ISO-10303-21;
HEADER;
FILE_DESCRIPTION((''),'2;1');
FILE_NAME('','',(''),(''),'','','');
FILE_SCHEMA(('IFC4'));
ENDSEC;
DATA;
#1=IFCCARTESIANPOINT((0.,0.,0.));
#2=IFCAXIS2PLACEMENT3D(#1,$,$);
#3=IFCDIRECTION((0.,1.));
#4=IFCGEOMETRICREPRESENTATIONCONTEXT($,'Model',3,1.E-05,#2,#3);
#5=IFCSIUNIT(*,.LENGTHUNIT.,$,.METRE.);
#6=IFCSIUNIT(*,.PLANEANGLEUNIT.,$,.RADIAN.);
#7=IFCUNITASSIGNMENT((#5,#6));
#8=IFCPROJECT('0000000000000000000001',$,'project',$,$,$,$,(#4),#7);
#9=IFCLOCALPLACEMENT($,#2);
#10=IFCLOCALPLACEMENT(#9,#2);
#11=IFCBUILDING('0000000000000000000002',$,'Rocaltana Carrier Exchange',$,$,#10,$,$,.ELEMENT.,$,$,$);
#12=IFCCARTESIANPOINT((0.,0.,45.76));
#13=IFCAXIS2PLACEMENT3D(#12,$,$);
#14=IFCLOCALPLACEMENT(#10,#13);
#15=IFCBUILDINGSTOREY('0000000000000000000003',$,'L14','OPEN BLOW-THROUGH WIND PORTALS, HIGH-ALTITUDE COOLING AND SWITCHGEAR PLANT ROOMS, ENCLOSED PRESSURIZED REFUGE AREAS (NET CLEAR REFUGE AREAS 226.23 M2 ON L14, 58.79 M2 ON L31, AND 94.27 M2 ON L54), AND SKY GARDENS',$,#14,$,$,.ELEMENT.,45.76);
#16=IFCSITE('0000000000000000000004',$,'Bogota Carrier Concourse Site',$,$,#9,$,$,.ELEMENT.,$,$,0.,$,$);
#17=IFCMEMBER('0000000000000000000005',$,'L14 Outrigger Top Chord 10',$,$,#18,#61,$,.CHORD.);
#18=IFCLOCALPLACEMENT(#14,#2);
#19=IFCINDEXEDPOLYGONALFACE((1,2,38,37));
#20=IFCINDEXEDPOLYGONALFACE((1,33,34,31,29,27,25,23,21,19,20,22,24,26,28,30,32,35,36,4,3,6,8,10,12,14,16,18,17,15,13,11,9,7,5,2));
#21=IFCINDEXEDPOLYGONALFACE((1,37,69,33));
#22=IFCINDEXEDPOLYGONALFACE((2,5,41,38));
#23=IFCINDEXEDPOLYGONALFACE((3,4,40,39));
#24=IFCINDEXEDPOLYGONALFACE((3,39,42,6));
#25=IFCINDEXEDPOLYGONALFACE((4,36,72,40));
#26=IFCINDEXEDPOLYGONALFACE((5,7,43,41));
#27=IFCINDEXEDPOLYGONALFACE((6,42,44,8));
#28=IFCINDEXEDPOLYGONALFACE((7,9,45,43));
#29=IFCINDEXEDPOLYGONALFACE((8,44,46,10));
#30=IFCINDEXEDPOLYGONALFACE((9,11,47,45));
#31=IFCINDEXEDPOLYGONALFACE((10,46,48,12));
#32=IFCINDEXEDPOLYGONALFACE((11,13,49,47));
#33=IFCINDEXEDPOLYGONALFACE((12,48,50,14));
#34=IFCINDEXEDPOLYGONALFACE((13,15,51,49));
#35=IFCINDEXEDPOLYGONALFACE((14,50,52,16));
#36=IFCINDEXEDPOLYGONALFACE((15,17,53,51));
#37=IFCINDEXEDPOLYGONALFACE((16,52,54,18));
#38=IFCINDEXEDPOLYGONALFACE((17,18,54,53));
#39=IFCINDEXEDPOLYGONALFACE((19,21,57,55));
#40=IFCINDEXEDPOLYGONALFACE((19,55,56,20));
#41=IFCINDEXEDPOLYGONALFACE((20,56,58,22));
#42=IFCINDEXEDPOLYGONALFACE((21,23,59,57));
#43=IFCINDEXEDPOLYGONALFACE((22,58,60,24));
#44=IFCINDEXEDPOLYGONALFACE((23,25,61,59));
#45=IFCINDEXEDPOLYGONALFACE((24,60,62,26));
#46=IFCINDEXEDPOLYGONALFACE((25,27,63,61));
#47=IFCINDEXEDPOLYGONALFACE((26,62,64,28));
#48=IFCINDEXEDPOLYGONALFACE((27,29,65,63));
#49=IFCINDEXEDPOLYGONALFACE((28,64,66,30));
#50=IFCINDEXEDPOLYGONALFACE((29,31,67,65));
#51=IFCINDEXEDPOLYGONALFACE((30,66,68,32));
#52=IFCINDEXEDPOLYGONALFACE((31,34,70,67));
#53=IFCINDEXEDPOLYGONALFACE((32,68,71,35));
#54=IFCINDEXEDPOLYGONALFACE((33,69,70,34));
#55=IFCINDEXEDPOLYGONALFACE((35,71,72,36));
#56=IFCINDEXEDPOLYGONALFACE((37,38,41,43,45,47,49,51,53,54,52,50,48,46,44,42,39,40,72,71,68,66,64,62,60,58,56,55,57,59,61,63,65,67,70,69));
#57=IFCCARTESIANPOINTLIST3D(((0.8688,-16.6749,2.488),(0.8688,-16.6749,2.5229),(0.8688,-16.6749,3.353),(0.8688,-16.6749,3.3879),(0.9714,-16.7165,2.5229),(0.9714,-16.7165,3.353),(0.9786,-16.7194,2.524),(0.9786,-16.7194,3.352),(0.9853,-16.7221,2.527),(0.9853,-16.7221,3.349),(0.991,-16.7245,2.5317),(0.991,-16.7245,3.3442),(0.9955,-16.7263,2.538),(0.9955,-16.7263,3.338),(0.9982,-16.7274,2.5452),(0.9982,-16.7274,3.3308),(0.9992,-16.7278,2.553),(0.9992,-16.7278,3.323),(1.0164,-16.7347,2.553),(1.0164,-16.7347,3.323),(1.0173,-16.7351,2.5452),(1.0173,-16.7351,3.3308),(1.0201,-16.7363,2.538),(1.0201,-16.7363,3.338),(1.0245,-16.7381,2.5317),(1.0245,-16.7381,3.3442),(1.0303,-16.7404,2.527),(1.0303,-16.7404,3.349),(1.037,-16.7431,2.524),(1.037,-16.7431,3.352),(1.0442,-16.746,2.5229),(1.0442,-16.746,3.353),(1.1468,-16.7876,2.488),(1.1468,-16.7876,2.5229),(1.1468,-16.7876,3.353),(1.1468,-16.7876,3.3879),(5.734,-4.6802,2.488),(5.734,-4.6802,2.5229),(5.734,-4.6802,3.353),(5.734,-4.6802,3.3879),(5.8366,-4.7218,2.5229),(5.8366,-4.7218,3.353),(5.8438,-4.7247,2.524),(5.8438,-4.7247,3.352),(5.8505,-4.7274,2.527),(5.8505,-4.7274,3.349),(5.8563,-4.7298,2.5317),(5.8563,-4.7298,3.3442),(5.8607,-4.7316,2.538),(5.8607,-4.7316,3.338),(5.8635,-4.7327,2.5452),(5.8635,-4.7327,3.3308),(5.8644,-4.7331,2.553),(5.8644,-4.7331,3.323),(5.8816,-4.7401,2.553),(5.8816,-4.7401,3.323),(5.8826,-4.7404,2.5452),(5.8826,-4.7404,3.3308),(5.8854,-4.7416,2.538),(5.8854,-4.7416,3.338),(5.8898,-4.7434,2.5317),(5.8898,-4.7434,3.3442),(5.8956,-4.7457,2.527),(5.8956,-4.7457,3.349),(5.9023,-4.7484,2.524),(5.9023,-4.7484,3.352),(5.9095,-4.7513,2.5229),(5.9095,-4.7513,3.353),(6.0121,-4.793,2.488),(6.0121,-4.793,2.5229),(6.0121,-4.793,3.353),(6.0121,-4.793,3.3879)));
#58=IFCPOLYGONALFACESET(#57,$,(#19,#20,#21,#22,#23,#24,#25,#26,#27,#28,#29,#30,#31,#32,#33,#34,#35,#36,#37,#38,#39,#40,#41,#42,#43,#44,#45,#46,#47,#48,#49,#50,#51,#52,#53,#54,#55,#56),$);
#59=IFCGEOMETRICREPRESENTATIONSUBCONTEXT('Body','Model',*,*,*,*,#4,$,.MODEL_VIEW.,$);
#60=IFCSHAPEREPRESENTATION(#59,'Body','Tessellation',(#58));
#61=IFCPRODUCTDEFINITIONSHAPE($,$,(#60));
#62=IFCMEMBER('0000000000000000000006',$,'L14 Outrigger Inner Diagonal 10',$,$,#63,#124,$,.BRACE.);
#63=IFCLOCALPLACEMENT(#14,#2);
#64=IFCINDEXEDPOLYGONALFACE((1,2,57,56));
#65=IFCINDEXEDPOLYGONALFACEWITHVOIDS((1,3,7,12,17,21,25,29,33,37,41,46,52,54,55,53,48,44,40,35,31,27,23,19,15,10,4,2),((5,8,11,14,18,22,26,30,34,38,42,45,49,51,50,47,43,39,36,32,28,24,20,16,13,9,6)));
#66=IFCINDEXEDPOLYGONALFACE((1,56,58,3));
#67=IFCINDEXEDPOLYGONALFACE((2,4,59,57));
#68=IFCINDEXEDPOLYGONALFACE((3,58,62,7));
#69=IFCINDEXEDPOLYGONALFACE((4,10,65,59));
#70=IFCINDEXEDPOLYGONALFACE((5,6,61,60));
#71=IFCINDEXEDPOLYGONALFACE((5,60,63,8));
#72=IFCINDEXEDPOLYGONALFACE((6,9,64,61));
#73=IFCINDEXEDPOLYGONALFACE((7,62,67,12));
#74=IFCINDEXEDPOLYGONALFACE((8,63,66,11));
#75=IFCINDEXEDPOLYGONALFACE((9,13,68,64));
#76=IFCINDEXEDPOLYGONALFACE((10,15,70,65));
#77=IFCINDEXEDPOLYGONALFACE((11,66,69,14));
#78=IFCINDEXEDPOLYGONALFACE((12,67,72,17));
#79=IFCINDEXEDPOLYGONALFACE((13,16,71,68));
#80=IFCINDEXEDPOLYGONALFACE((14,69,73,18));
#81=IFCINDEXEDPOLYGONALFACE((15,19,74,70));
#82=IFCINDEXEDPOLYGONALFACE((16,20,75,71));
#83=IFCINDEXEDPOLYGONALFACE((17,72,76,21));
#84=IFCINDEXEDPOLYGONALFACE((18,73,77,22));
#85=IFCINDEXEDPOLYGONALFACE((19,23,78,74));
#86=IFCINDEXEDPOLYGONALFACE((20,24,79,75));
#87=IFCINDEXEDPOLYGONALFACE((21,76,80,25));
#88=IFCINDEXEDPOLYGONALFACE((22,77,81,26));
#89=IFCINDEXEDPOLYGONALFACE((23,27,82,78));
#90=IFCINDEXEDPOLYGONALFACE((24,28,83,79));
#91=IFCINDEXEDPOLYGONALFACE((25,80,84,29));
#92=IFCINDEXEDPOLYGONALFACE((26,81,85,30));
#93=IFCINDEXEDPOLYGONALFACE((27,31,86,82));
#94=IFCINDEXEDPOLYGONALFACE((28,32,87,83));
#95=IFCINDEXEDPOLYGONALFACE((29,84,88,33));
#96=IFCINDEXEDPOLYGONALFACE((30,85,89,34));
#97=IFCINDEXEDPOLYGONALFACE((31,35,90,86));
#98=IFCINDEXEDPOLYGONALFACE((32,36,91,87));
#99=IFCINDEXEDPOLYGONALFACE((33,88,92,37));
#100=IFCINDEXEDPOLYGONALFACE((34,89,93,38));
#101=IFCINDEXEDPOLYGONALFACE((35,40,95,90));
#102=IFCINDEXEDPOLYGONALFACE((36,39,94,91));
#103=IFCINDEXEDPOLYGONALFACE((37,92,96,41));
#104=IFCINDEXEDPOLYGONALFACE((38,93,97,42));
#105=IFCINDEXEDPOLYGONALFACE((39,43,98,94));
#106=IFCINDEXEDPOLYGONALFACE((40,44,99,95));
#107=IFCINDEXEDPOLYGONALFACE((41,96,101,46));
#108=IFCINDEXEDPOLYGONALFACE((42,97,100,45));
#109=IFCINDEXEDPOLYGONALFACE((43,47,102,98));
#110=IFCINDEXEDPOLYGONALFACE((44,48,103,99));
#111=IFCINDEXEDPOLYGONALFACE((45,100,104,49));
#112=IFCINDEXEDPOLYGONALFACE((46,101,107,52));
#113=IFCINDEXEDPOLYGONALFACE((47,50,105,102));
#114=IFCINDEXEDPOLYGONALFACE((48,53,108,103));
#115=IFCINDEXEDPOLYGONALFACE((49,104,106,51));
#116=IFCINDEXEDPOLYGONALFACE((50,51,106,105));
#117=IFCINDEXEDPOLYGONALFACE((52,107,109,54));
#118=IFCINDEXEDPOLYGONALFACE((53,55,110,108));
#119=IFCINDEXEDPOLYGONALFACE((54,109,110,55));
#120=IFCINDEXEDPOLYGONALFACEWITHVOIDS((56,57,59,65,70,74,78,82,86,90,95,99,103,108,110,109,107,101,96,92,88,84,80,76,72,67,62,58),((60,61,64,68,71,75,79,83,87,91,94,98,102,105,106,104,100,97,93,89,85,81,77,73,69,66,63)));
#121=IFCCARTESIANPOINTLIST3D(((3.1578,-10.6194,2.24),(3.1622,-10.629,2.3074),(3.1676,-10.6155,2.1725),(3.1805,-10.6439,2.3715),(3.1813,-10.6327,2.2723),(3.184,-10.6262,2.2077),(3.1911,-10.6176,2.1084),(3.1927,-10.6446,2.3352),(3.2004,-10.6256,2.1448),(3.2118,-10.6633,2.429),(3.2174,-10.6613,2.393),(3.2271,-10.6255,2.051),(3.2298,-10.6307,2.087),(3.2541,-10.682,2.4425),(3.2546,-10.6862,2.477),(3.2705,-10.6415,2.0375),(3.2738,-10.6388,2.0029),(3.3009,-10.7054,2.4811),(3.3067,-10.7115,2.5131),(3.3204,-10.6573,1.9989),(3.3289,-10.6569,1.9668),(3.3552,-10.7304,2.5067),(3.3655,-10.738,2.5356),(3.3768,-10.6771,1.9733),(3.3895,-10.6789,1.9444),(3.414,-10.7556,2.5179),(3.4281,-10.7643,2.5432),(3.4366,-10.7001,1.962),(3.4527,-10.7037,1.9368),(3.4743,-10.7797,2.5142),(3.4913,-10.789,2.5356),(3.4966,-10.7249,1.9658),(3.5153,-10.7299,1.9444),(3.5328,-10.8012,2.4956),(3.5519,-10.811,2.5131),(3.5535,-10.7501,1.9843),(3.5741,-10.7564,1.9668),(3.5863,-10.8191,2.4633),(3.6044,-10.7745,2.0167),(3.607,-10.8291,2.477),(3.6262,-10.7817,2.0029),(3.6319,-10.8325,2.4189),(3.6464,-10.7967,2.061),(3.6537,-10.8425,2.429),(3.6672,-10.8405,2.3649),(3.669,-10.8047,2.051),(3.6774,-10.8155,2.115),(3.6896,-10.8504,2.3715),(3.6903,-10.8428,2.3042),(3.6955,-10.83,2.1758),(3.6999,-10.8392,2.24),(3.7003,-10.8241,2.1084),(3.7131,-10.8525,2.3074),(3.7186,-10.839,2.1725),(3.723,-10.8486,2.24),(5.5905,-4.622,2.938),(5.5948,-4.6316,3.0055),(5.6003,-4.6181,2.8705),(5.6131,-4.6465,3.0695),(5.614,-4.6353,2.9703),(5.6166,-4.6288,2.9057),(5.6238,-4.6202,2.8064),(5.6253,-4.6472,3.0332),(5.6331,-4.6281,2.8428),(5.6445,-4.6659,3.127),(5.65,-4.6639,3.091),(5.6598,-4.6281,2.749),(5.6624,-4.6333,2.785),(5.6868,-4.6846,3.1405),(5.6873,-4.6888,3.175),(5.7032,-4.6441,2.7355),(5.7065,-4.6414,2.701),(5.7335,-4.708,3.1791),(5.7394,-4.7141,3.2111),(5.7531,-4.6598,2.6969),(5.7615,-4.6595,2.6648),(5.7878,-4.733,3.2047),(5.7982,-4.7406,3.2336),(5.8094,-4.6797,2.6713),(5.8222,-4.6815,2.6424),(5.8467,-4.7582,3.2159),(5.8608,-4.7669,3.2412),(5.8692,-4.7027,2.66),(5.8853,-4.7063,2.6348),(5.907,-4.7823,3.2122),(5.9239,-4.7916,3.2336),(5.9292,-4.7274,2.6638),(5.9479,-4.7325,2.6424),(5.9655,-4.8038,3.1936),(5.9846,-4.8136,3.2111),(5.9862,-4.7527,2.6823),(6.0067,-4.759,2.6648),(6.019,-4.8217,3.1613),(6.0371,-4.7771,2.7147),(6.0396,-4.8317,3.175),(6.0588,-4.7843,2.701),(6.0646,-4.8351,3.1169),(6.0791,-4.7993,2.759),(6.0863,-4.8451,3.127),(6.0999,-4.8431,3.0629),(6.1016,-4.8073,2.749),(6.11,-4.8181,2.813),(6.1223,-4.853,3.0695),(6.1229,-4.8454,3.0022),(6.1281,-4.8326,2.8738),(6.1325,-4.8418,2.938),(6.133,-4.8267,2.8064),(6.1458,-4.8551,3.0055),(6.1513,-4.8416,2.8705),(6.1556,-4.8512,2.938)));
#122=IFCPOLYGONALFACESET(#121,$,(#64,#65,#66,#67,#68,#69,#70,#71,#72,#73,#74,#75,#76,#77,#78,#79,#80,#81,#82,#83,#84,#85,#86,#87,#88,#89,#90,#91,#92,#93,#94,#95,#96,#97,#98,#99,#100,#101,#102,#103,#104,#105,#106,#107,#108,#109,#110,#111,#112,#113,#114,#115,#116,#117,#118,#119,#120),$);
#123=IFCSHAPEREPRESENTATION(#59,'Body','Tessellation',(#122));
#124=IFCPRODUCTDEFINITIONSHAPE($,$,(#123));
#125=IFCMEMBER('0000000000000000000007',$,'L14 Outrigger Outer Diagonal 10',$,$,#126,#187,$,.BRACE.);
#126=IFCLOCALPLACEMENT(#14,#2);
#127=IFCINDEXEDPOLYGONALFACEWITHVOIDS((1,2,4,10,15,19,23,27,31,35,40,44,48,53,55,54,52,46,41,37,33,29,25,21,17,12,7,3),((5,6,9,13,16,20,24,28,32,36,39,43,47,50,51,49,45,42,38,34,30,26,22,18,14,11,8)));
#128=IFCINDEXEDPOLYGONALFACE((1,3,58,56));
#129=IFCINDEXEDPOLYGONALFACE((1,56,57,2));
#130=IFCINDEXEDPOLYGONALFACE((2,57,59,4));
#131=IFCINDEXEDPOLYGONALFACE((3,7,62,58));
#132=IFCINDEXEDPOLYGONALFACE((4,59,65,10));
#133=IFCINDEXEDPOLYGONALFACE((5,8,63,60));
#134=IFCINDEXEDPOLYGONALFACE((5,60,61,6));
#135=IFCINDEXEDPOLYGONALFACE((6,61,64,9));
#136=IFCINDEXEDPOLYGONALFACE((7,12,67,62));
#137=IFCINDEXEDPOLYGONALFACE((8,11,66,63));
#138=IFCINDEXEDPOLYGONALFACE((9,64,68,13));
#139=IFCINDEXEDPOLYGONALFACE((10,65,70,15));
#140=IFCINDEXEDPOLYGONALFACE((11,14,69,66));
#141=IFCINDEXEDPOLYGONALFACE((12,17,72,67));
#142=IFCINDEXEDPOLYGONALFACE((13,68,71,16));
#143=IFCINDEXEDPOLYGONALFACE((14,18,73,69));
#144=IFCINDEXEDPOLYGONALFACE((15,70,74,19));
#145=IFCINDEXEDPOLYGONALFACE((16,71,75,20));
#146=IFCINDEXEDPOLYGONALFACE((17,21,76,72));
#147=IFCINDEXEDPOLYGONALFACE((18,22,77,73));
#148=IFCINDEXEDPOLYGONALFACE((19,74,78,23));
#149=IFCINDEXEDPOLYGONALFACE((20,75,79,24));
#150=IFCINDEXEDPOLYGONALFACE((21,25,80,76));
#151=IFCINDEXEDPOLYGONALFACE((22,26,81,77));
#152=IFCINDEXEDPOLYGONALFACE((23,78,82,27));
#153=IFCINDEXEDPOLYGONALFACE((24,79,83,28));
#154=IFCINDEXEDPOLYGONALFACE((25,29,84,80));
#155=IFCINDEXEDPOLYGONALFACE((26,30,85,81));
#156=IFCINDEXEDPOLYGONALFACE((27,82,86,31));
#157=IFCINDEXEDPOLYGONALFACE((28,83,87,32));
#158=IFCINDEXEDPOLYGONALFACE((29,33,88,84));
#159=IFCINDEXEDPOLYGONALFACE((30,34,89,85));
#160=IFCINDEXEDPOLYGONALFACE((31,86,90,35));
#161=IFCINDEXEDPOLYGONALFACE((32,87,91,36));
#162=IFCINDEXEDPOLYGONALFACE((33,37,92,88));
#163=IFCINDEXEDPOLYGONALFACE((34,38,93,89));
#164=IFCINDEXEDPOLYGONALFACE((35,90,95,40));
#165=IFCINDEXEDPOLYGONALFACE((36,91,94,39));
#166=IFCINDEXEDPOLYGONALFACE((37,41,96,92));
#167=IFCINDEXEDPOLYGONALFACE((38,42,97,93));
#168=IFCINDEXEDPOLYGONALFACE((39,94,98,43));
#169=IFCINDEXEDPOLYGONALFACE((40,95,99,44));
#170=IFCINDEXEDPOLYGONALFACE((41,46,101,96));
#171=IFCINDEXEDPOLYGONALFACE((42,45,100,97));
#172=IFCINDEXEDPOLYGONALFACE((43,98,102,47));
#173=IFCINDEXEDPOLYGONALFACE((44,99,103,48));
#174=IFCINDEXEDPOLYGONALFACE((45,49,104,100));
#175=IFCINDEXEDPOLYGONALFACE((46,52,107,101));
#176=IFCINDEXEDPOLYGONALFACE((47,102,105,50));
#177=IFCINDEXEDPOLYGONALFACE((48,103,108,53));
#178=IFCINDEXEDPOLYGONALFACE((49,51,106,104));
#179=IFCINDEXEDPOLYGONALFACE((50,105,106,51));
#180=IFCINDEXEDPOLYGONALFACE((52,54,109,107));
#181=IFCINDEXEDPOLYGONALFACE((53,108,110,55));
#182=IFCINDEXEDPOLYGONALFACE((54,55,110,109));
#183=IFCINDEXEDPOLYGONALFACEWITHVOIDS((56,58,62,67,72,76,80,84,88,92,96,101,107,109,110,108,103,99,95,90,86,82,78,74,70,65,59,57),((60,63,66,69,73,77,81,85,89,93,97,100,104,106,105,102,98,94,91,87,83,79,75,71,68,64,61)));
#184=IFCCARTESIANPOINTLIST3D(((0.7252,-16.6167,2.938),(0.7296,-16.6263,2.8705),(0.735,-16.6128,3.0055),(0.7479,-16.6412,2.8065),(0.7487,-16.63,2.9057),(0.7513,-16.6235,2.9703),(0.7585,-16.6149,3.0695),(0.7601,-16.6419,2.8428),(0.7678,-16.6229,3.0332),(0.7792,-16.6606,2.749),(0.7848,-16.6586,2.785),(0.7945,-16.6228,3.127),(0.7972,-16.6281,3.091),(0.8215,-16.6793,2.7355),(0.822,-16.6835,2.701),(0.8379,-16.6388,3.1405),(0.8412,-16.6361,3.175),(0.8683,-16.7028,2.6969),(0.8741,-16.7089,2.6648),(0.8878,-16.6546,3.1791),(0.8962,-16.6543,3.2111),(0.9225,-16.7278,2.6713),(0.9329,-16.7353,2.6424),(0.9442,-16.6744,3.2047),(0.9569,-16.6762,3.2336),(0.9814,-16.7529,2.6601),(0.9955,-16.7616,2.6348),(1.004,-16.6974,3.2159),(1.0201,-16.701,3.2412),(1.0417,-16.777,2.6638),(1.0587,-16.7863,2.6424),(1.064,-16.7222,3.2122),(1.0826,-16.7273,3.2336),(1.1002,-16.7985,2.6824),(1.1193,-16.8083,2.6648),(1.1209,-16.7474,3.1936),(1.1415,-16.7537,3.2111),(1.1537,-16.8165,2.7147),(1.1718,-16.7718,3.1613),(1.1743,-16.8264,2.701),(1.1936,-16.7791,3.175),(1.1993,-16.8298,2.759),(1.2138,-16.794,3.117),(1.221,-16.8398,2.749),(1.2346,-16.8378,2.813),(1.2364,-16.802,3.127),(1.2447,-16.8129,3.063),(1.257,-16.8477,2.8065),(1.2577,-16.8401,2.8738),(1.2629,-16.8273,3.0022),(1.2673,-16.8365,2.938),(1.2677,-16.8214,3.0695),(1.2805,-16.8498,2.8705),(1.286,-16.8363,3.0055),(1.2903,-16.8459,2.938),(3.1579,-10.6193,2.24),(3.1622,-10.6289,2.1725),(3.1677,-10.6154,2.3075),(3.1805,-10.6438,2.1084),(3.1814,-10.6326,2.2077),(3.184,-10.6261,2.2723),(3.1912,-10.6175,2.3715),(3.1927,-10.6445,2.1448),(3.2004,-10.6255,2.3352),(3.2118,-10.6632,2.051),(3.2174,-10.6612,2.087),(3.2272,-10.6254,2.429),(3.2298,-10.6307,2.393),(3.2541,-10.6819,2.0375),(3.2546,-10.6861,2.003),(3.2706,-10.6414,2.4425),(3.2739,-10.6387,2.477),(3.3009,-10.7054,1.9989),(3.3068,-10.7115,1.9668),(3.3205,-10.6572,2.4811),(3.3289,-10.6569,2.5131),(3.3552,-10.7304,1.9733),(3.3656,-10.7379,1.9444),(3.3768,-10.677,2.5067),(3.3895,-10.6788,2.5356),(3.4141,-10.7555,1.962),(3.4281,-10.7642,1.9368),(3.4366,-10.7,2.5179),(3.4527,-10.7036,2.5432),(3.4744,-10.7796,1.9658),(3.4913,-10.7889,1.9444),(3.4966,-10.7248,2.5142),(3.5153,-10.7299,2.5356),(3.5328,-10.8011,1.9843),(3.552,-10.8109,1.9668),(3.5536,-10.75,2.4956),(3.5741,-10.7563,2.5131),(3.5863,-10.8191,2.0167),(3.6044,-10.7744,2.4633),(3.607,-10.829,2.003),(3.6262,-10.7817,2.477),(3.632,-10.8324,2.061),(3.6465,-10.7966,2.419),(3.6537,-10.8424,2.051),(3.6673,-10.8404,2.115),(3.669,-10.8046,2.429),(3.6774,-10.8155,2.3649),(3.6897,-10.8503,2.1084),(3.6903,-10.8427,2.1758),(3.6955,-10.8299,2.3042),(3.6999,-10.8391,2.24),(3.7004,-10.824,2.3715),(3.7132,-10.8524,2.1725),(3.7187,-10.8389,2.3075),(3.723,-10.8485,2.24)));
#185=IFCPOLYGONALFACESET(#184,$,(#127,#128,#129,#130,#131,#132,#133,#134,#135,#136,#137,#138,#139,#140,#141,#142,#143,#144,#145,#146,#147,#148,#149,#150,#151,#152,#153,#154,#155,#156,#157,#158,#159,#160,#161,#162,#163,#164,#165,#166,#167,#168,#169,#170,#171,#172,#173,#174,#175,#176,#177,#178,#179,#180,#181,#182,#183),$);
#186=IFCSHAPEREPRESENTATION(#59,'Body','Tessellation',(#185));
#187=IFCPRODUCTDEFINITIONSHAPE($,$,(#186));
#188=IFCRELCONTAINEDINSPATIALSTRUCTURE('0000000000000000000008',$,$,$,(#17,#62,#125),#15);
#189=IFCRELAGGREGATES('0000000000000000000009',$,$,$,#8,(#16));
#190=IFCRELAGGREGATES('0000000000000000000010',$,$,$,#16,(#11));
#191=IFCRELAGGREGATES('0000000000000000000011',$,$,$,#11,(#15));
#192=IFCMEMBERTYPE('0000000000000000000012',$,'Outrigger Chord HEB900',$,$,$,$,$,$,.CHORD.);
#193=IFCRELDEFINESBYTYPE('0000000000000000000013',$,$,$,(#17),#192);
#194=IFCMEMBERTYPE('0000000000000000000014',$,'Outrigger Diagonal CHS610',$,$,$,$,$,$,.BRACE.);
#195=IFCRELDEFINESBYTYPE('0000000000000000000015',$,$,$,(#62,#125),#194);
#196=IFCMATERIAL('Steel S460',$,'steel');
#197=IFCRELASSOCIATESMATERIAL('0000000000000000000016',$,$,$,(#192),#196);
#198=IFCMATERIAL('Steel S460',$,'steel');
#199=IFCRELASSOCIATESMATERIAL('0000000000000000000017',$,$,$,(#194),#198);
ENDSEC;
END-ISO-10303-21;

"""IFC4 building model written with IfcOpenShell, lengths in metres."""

from ifc_helpers import new_model, si_unit, direction, frame, origin, origin_2d, place, context, subcontext, project, spatial, hollow_circle, i_section, extrude, material, material_profile, profile_set, type_object, element, save


model = new_model("IFC4")

# Units and contexts
model_context = context("Model", 3, precision=1e-05, world=origin(), true_north=direction((0.0, 1.0)))
body_context = subcontext(model_context, "Body", "Model", "MODEL_VIEW")
ifc_project = project(units=[si_unit("LENGTHUNIT", "METRE"), si_unit("PLANEANGLEUNIT", "RADIAN")], contexts=[model_context])

# Site, building, storey
site_placement = place(None, origin())
site = spatial("IfcSite", under=ifc_project, at=site_placement, Name="Bogota Carrier Concourse Site", CompositionType="ELEMENT", RefElevation=0.0)
building_placement = place(site_placement, origin())
building = spatial("IfcBuilding", under=site, at=building_placement, Name="Rocaltana Carrier Exchange", CompositionType="ELEMENT")
storey_placement = place(building_placement, frame((0.0, 0.0, 45.76)))
storey = spatial("IfcBuildingStorey", under=building, at=storey_placement, Name="L14", Description="OPEN BLOW-THROUGH WIND PORTALS, HIGH-ALTITUDE COOLING AND SWITCHGEAR PLANT ROOMS, ENCLOSED PRESSURIZED REFUGE AREAS (NET CLEAR REFUGE AREAS 226.23 M2 ON L14, 58.79 M2 ON L31, AND 94.27 M2 ON L54), AND SKY GARDENS", CompositionType="ELEMENT", Elevation=45.76)

# Members
ifc_material_1 = material(Name="Steel S460", Category="steel")
ifc_material_profile_1 = material_profile(ifc_material_1, i_section(OverallWidth=0.3, OverallDepth=0.8999, WebThickness=0.0186, FlangeThickness=0.0349, FilletRadius=0.03, at=origin_2d()), Name="HEB900")
ifc_profile_set_1 = profile_set([ifc_material_profile_1], Name="Steel S460")
member_type_1 = type_object("IfcMemberType", Name="Outrigger Chord HEB900", PredefinedType="CHORD", material=ifc_profile_set_1)
for number, where, z_axis, x_axis, name in (
    (1, (5.873, -4.7366, 2.938), (-0.375874, -0.926671, 0.0), (0.926671, -0.375874, 0.0), "L14 Outrigger Top Chord 10"),
):
    element("IfcMember", number, at=place(storey_placement, frame(where, z_axis=z_axis, x_axis=x_axis)), inside=storey, type_object=member_type_1, Name=name, PredefinedType="CHORD", context=body_context, shape_type="SweptSolid", body=[
        extrude(i_section(OverallWidth=0.3, OverallDepth=0.8999, WebThickness=0.0186, FlangeThickness=0.0349, FilletRadius=0.03, at=origin_2d()), origin(), (0.0, 0.0, 1.0), 12.9438),
    ])
ifc_material_2 = material(Name="Steel S460", Category="steel")
ifc_material_profile_2 = material_profile(ifc_material_2, hollow_circle(Radius=0.3049, WallThickness=0.0249, at=origin_2d()), Name="CHS610X25")
ifc_profile_set_2 = profile_set([ifc_material_profile_2], Name="Steel S460")
member_type_2 = type_object("IfcMemberType", Name="Outrigger Diagonal CHS610", PredefinedType="BRACE", material=ifc_profile_set_2)
for number, where, z_axis, x_axis, name in (
    (2, (5.873, -4.7366, 2.938), (-0.373707, -0.921328, -0.107229), (0.926671, -0.375874, 0.0), "L14 Outrigger Inner Diagonal 10"),
    (3, (3.4404, -10.7339, 2.24), (-0.373707, -0.921328, 0.107229), (0.926671, -0.375874, 0.0), "L14 Outrigger Outer Diagonal 10"),
):
    element("IfcMember", number, at=place(storey_placement, frame(where, z_axis=z_axis, x_axis=x_axis)), inside=storey, type_object=member_type_2, Name=name, PredefinedType="BRACE", context=body_context, shape_type="SweptSolid", body=[
        extrude(hollow_circle(Radius=0.3049, WallThickness=0.0249, at=origin_2d()), origin(), (0.0, 0.0, 1.0), 6.5095),
    ])

save(model, "model.ifc")
